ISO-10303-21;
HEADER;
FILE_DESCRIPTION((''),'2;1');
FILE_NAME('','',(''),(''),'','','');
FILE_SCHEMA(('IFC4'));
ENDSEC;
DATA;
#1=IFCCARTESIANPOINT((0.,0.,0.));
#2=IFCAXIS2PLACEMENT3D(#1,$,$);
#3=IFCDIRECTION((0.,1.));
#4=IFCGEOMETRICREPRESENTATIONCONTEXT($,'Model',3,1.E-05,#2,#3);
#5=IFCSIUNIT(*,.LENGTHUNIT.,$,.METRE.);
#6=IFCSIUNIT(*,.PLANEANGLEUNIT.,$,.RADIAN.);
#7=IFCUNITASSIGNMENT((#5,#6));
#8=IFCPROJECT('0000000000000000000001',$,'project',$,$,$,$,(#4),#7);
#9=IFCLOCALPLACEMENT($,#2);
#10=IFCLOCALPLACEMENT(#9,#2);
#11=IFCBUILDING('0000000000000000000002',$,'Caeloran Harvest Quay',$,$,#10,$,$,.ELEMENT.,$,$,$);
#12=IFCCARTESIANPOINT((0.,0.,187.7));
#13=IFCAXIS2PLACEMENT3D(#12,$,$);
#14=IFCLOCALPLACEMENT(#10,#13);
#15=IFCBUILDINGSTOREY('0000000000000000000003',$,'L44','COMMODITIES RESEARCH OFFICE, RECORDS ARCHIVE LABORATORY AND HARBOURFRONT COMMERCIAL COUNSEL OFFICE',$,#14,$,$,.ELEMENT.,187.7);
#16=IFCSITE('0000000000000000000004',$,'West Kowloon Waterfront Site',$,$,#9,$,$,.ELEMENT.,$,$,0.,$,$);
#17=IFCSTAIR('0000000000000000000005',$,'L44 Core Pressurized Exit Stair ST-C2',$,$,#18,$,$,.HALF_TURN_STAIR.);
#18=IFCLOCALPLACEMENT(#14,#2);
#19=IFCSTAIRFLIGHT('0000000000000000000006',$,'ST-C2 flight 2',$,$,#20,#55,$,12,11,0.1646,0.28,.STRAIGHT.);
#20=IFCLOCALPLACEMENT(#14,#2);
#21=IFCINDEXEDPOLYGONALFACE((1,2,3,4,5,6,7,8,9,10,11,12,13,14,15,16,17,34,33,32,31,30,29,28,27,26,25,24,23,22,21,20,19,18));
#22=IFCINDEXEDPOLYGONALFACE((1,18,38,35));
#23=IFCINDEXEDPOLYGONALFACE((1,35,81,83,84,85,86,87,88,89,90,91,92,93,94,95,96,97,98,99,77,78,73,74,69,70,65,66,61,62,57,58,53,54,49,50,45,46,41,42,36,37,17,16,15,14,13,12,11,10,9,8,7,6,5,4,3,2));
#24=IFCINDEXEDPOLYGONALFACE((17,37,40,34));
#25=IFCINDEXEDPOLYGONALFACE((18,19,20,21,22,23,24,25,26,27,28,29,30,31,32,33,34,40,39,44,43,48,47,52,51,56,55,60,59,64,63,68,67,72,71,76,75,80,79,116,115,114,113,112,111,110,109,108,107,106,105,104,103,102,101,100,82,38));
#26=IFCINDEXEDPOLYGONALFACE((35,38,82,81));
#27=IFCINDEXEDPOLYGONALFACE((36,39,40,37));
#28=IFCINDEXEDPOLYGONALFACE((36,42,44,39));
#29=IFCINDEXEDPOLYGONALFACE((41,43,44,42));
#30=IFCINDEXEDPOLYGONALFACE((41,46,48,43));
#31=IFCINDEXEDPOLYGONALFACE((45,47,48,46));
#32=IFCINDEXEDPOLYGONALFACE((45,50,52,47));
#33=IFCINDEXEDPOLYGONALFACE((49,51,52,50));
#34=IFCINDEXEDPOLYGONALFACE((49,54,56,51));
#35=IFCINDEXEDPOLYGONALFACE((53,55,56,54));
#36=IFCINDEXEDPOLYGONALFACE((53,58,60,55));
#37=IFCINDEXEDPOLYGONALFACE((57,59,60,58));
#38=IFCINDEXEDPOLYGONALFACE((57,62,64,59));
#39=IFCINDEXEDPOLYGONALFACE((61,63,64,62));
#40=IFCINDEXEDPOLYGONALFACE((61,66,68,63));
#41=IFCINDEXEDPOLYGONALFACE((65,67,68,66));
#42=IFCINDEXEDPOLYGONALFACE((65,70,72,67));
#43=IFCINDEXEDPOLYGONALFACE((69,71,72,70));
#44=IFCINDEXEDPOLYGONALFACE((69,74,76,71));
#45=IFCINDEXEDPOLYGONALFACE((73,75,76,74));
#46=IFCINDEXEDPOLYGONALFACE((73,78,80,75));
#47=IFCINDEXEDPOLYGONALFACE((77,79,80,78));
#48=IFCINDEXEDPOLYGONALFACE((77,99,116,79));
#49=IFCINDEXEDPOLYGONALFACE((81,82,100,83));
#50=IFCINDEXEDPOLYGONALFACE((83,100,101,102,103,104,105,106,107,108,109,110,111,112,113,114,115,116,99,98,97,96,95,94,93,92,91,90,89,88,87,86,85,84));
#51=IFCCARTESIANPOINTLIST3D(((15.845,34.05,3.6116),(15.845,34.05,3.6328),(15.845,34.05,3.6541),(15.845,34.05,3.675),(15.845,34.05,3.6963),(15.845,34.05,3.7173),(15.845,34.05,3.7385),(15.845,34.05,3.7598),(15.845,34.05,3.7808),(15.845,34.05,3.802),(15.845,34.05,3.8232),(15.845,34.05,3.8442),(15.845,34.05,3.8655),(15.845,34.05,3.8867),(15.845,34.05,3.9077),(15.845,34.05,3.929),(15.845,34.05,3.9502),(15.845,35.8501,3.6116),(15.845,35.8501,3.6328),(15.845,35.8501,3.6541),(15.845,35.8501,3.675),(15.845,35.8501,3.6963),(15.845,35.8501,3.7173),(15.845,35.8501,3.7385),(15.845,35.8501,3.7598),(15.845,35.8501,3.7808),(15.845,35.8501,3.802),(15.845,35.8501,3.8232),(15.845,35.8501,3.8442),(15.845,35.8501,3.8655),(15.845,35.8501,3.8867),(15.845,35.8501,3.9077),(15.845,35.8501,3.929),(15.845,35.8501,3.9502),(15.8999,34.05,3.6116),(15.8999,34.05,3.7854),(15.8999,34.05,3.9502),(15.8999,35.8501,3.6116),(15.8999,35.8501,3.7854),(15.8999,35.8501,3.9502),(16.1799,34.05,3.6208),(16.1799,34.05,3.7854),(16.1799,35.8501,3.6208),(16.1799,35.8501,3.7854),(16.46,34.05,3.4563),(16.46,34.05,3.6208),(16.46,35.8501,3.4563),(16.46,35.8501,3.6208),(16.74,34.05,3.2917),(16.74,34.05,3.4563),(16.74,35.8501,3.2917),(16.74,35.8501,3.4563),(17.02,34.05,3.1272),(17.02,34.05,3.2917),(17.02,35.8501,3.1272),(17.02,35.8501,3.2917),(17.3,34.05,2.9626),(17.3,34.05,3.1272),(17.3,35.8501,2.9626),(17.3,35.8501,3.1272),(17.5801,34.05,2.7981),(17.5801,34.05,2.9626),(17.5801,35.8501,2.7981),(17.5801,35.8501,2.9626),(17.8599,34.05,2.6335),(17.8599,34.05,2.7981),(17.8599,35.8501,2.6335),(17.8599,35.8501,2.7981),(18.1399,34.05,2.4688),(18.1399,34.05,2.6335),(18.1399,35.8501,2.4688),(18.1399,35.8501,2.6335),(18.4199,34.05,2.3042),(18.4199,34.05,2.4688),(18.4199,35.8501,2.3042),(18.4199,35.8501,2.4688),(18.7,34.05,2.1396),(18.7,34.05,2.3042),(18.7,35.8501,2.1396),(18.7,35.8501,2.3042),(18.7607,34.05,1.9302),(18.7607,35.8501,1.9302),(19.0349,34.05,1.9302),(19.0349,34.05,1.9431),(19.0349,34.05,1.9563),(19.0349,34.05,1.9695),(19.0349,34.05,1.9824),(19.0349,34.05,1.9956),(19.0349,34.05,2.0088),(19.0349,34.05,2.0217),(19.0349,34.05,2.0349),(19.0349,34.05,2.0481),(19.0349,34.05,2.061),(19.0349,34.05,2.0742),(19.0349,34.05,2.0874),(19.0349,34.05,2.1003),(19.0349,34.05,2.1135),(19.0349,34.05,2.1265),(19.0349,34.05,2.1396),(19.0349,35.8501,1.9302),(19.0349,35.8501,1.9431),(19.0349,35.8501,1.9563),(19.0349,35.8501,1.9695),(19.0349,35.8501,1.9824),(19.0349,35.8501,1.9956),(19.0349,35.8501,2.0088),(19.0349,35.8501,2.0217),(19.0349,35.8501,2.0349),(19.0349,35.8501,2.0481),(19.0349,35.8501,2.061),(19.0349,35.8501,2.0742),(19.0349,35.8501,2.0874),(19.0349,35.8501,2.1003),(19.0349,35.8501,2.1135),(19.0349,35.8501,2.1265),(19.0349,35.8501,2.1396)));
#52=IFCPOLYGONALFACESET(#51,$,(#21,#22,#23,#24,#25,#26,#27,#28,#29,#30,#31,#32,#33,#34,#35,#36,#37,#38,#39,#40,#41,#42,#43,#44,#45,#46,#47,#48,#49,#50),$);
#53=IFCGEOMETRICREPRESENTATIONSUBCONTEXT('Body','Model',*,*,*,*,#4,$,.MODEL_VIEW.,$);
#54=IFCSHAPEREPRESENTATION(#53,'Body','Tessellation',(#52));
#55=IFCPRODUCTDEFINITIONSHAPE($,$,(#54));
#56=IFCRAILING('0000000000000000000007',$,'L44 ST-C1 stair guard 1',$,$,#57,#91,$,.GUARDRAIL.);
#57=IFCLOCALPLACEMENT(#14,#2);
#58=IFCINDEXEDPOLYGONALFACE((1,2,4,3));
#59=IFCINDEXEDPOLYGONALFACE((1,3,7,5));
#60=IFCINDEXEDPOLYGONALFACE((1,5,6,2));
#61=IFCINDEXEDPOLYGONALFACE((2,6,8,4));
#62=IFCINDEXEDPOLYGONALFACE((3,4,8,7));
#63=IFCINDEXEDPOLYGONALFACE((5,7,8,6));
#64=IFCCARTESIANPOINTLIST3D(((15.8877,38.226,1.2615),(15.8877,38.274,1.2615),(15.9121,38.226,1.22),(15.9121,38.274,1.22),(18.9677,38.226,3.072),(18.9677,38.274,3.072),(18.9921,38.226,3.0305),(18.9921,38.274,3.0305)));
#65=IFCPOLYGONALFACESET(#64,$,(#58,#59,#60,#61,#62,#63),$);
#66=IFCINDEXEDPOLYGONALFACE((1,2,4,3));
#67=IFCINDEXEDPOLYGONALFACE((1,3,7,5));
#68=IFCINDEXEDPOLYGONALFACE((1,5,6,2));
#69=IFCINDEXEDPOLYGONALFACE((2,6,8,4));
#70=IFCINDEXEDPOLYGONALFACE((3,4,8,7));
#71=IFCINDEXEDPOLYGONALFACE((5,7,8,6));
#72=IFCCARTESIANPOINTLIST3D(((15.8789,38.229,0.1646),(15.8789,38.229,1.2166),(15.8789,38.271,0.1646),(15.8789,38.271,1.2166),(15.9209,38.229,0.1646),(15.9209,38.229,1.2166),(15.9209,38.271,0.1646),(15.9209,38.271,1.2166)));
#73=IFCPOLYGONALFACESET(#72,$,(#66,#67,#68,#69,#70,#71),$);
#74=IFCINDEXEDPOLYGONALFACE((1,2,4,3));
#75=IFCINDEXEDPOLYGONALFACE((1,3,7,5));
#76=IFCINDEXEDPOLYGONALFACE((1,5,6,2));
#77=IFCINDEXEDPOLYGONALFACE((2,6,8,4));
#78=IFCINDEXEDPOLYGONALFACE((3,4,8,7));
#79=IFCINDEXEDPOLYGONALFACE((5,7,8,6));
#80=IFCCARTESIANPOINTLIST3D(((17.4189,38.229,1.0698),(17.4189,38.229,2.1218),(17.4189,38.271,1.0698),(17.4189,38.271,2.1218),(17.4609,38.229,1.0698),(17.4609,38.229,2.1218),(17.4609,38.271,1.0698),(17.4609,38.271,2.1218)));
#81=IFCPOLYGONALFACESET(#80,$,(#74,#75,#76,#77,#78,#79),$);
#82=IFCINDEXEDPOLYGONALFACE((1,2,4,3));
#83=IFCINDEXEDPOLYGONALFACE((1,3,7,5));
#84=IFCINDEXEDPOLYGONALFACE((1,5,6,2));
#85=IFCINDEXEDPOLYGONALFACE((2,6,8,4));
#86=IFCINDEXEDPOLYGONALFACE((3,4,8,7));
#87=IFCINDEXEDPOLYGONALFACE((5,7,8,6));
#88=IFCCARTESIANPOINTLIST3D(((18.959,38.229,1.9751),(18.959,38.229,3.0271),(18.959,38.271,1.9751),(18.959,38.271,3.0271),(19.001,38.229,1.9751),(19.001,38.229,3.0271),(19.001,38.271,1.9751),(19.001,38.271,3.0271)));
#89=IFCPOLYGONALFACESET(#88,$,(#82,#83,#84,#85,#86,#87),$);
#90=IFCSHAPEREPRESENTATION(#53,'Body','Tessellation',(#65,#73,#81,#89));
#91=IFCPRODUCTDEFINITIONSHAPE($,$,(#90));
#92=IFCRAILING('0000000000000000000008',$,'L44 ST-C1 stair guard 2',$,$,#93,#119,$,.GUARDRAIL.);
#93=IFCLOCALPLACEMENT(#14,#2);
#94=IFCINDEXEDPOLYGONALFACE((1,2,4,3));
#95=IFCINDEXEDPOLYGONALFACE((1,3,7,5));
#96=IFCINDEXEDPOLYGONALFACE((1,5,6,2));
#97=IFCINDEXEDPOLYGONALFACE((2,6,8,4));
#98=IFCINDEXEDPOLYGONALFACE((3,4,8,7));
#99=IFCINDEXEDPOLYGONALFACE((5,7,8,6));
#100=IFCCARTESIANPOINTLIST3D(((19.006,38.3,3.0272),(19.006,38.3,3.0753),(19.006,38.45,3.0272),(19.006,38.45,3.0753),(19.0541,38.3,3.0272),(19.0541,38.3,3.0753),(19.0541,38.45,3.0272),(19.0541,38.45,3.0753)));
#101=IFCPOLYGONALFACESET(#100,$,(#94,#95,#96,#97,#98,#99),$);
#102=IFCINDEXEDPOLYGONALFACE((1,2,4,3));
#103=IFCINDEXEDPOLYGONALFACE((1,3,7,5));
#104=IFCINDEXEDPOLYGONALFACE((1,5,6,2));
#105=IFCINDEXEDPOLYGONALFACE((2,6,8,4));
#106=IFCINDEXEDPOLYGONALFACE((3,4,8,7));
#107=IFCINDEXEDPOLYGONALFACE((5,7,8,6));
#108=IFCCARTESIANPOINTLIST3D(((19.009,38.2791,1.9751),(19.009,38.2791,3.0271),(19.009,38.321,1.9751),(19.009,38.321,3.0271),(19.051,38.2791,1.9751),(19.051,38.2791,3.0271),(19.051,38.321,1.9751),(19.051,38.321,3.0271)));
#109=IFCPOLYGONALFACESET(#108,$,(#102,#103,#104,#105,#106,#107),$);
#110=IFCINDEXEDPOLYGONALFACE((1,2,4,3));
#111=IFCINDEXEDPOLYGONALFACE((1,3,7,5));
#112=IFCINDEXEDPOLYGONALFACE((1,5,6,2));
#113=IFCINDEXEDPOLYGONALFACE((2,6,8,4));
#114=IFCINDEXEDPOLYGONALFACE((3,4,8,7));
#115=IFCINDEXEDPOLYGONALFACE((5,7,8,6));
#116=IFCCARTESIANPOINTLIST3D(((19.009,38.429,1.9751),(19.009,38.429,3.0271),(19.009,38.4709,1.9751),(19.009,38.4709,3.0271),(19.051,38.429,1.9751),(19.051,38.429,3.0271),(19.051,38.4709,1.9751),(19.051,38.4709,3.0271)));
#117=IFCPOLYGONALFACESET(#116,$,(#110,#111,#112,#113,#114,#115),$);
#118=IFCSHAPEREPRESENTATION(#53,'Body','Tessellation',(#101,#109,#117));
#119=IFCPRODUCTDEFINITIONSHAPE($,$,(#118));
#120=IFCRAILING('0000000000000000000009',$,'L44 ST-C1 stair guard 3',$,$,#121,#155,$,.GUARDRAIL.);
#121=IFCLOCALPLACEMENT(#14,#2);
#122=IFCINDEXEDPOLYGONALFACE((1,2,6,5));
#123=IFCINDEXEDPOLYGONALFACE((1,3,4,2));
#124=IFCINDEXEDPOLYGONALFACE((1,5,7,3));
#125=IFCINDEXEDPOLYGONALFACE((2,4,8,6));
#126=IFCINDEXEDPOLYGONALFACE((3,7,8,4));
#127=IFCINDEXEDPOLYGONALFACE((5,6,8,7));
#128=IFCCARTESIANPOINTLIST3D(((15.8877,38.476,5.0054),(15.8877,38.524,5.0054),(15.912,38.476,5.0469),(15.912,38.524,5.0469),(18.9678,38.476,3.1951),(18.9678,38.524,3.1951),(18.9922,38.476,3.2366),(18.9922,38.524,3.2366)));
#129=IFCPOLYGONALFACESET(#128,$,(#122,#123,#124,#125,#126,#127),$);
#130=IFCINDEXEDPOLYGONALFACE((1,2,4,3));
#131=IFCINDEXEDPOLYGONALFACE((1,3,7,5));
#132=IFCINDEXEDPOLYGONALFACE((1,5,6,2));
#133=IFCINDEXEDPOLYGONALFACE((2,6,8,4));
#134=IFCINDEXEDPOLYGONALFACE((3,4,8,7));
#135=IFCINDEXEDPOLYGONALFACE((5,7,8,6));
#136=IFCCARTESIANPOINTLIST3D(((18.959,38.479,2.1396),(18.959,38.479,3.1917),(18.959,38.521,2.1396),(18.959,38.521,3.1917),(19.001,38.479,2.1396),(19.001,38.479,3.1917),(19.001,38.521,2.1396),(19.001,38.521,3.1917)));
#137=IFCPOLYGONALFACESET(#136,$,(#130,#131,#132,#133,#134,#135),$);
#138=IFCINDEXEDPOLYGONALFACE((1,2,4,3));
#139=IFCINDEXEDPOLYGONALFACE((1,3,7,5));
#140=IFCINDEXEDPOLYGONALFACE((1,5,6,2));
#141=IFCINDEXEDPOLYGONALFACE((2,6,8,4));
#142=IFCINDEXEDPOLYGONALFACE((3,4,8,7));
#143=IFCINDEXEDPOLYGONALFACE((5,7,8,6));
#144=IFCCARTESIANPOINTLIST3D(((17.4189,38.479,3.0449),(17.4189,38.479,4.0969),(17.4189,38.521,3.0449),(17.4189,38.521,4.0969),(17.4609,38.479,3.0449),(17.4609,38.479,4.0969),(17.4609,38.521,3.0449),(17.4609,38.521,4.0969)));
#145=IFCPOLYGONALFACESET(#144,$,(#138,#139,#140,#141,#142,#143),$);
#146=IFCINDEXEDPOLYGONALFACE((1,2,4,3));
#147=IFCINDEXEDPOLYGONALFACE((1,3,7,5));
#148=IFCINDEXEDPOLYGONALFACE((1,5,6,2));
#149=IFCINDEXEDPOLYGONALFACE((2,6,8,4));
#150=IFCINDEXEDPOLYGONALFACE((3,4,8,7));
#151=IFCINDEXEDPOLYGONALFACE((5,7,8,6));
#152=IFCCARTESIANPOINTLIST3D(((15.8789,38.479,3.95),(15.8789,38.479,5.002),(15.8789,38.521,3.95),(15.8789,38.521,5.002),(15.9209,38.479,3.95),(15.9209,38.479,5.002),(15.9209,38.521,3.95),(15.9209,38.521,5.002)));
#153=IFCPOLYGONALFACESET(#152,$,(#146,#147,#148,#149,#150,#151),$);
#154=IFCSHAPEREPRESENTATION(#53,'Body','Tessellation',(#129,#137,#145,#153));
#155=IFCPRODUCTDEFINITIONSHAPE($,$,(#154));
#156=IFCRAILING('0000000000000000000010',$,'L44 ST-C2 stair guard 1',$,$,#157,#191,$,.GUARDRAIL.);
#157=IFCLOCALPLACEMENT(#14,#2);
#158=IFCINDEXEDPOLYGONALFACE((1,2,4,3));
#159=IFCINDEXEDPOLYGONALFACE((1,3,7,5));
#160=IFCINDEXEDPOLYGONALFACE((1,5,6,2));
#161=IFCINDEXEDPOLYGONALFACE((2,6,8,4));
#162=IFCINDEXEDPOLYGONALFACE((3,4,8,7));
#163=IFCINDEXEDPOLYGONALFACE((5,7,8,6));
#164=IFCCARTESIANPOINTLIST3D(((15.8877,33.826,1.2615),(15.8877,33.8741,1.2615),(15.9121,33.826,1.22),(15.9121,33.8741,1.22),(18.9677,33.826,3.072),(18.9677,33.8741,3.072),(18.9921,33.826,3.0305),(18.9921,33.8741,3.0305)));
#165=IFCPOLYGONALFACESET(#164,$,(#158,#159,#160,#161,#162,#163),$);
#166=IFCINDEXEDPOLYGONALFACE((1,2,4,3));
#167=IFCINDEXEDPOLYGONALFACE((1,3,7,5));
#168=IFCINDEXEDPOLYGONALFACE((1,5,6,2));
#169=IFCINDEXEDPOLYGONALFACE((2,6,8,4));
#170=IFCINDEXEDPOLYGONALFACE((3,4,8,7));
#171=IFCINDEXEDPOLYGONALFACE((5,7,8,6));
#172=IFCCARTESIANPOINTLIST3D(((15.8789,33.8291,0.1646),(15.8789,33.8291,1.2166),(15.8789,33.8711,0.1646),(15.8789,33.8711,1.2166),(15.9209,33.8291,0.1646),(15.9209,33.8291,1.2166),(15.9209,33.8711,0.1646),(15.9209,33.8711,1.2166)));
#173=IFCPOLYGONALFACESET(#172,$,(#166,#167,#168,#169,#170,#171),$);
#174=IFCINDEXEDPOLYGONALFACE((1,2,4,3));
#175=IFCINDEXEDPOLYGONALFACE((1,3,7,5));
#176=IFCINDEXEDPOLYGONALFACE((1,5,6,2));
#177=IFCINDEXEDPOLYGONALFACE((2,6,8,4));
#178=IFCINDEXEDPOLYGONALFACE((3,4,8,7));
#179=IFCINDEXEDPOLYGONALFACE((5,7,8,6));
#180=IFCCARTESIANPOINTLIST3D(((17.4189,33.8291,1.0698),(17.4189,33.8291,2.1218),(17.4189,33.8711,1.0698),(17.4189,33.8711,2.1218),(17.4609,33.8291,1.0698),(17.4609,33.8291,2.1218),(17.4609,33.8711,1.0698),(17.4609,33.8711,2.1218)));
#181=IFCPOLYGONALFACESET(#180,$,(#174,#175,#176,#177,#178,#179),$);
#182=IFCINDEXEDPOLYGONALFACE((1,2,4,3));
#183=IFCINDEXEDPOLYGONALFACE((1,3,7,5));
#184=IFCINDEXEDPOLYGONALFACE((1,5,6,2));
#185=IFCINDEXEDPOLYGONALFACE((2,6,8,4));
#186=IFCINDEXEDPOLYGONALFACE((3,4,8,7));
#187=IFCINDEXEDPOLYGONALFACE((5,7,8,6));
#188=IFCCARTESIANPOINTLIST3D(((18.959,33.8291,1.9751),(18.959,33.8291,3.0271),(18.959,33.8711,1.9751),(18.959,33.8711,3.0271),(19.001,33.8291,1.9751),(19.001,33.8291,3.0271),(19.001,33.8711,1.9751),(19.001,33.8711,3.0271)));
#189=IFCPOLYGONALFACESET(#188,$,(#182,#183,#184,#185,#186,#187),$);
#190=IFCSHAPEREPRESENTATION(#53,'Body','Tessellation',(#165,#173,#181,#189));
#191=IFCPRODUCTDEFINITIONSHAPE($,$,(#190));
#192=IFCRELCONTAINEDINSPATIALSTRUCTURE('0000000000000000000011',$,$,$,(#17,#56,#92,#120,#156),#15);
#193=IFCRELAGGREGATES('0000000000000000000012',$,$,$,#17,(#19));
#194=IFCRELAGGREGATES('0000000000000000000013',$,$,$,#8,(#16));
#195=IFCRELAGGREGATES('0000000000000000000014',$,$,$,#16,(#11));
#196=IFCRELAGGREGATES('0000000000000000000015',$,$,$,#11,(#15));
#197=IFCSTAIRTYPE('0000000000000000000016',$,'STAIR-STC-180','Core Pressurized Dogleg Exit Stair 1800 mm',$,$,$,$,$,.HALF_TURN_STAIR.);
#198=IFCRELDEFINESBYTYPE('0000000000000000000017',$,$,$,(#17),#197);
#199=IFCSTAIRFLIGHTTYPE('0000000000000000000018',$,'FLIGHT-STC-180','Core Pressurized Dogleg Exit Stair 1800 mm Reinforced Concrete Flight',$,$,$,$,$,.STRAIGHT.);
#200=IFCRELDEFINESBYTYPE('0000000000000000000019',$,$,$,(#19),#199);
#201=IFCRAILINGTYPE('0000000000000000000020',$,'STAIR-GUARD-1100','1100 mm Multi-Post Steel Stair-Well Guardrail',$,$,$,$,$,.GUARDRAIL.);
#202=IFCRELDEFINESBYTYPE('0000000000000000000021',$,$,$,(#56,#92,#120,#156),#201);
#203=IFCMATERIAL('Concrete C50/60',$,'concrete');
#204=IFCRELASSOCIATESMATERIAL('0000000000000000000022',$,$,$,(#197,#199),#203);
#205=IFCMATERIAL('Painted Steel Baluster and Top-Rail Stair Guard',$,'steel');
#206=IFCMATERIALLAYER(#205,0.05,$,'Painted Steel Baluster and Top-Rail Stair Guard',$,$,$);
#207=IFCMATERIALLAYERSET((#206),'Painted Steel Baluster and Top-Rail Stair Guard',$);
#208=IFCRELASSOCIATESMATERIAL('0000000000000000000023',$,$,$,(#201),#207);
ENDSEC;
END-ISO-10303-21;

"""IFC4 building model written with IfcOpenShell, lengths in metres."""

from ifc_helpers import new_model, si_unit, direction, frame, origin, origin_2d, place, context, subcontext, project, spatial, polyline, rectangle, outline, extrude, material, layer, layer_set, type_object, element, aggregate, save


model = new_model("IFC4")

# Units and contexts
model_context = context("Model", 3, precision=1e-05, world=origin(), true_north=direction((0.0, 1.0)))
body_context = subcontext(model_context, "Body", "Model", "MODEL_VIEW")
ifc_project = project(units=[si_unit("LENGTHUNIT", "METRE"), si_unit("PLANEANGLEUNIT", "RADIAN")], contexts=[model_context])

# Site, building, storey
site_placement = place(None, origin())
site = spatial("IfcSite", under=ifc_project, at=site_placement, Name="West Kowloon Waterfront Site", CompositionType="ELEMENT", RefElevation=0.0)
building_placement = place(site_placement, origin())
building = spatial("IfcBuilding", under=site, at=building_placement, Name="Caeloran Harvest Quay", CompositionType="ELEMENT")
storey_placement = place(building_placement, frame((0.0, 0.0, 187.7)))
storey = spatial("IfcBuildingStorey", under=building, at=storey_placement, Name="L44", Description="COMMODITIES RESEARCH OFFICE, RECORDS ARCHIVE LABORATORY AND HARBOURFRONT COMMERCIAL COUNSEL OFFICE", CompositionType="ELEMENT", Elevation=187.7)

# Shared definitions
ifc_material_1 = material(Name="Concrete C50/60", Category="concrete")

# Shared definitions
stair_type = type_object("IfcStairType", Name="STAIR-STC-180", Description="Core Pressurized Dogleg Exit Stair 1800 mm", PredefinedType="HALF_TURN_STAIR", material=ifc_material_1)
stair_flight_type = type_object("IfcStairFlightType", Name="FLIGHT-STC-180", Description="Core Pressurized Dogleg Exit Stair 1800 mm Reinforced Concrete Flight", PredefinedType="STRAIGHT", material=ifc_material_1)

# Stair, stair flight
stair_1_placement = place(storey_placement, origin())
stair_1 = element("IfcStair", 1, at=stair_1_placement, inside=storey, type_object=stair_type, Name="L44 Core Pressurized Exit Stair ST-C2", PredefinedType="HALF_TURN_STAIR")
stair_flight_1_placement = place(storey_placement, frame((18.98, 34.95, 1.9751), z_axis=(0.0, 0.0, 1.0), x_axis=(-1.0, 0.0, 0.0)))
stair_flight_1 = element("IfcStairFlight", 2, at=stair_flight_1_placement, type_object=stair_flight_type, Name="ST-C2 flight 2", NumberOfRisers=12, NumberOfTreads=11, PredefinedType="STRAIGHT", RiserHeight=0.1646, TreadLength=0.28, context=body_context, shape_type="SweptSolid", body=[
    extrude(outline(polyline([(-0.0549, -0.0449), (-0.0549, -0.032), (-0.0549, -0.0188), (-0.0549, -0.0056), (-0.0549, 0.0073), (-0.0549, 0.0205), (-0.0549, 0.0337), (-0.0549, 0.0466), (-0.0549, 0.0598), (-0.0549, 0.073), (-0.0549, 0.0859), (-0.0549, 0.0991), (-0.0549, 0.1123), (-0.0549, 0.1252), (-0.0549, 0.1384), (-0.0549, 0.1514), (-0.0549, 0.1646), (0.28, 0.1646), (0.28, 0.3291), (0.5601, 0.3291), (0.5601, 0.4937), (0.8401, 0.4937), (0.8401, 0.6584), (1.1201, 0.6584), (1.1201, 0.823), (1.3999, 0.823), (1.3999, 0.9875), (1.6799, 0.9875), (1.6799, 1.1521), (1.96, 1.1521), (1.96, 1.3167), (2.24, 1.3167), (2.24, 1.4812), (2.52, 1.4812), (2.52, 1.6458), (2.8, 1.6458), (2.8, 1.8103), (3.0801, 1.8103), (3.0801, 1.9751), (3.135, 1.9751), (3.135, 1.9539), (3.135, 1.9326), (3.135, 1.9116), (3.135, 1.8904), (3.135, 1.8691), (3.135, 1.8481), (3.135, 1.8269), (3.135, 1.8057), (3.135, 1.7847), (3.135, 1.7634), (3.135, 1.7422), (3.135, 1.7212), (3.135, 1.7), (3.135, 1.679), (3.135, 1.6577), (3.135, 1.6365), (3.0801, 1.6365), (0.2192, -0.0449), (-0.0549, -0.0449)])), frame((0.0, 0.8999, 0.0), z_axis=(0.0, -1.0, 0.0), x_axis=(1.0, 0.0, 0.0)), (0.0, 0.0, 1.0), 1.8),
])
aggregate(stair_1, [stair_flight_1])

# Railings
ifc_material_2 = material(Name="Painted Steel Baluster and Top-Rail Stair Guard", Category="steel")
ifc_layer_1 = layer(ifc_material_2, 0.05, Name="Painted Steel Baluster and Top-Rail Stair Guard")
ifc_layer_set_1 = layer_set([ifc_layer_1], Name="Painted Steel Baluster and Top-Rail Stair Guard")
railing_type_1 = type_object("IfcRailingType", Name="STAIR-GUARD-1100", Description="1100 mm Multi-Post Steel Stair-Well Guardrail", PredefinedType="GUARDRAIL", material=ifc_layer_set_1)
railing_1_placement = place(storey_placement, frame((15.8999, 38.25, 0.1646)))
element("IfcRailing", 3, at=railing_1_placement, inside=storey, type_object=railing_type_1, Name="L44 ST-C1 stair guard 1", PredefinedType="GUARDRAIL", context=body_context, shape_type="SweptSolid", body=[
    extrude(rectangle(XDim=0.0481, YDim=0.0481, at=origin_2d()), frame((0.0, 0.0, 1.0762), z_axis=(0.862089, 0.0, 0.506757), x_axis=(0.0, 1.0, 0.0)), (0.0, 0.0, 1.0), 3.5728),
    extrude(rectangle(XDim=0.042, YDim=0.042, at=origin_2d()), origin(), (0.0, 0.0, 1.0), 1.052),
    extrude(rectangle(XDim=0.042, YDim=0.042, at=origin_2d()), frame((1.54, 0.0, 0.9053)), (0.0, 0.0, 1.0), 1.052),
    extrude(rectangle(XDim=0.042, YDim=0.042, at=origin_2d()), frame((3.0801, 0.0, 1.8105)), (0.0, 0.0, 1.0), 1.052),
])
railing_2_placement = place(storey_placement, frame((19.03, 38.3, 1.9751)))
element("IfcRailing", 4, at=railing_2_placement, inside=storey, type_object=railing_type_1, Name="L44 ST-C1 stair guard 2", PredefinedType="GUARDRAIL", context=body_context, shape_type="SweptSolid", body=[
    extrude(rectangle(XDim=0.0481, YDim=0.0481, at=origin_2d()), frame((0.0, 0.0, 1.0762), z_axis=(0.0, 1.0, 0.0), x_axis=(-1.0, 0.0, 0.0)), (0.0, 0.0, 1.0), 0.1499),
    extrude(rectangle(XDim=0.042, YDim=0.042, at=origin_2d()), origin(), (0.0, 0.0, 1.0), 1.052),
    extrude(rectangle(XDim=0.042, YDim=0.042, at=origin_2d()), frame((0.0, 0.1499, 0.0)), (0.0, 0.0, 1.0), 1.052),
])
railing_3_placement = place(storey_placement, frame((18.98, 38.5, 2.1396)))
element("IfcRailing", 5, at=railing_3_placement, inside=storey, type_object=railing_type_1, Name="L44 ST-C1 stair guard 3", PredefinedType="GUARDRAIL", context=body_context, shape_type="SweptSolid", body=[
    extrude(rectangle(XDim=0.0481, YDim=0.0481, at=origin_2d()), frame((0.0, 0.0, 1.0762), z_axis=(-0.862119, 0.0, 0.506707), x_axis=(0.0, -1.0, 0.0)), (0.0, 0.0, 1.0), 3.5728),
    extrude(rectangle(XDim=0.042, YDim=0.042, at=origin_2d()), origin(), (0.0, 0.0, 1.0), 1.052),
    extrude(rectangle(XDim=0.042, YDim=0.042, at=origin_2d()), frame((-1.54, 0.0, 0.9053)), (0.0, 0.0, 1.0), 1.052),
    extrude(rectangle(XDim=0.042, YDim=0.042, at=origin_2d()), frame((-3.0801, 0.0, 1.8103)), (0.0, 0.0, 1.0), 1.052),
])
railing_4_placement = place(storey_placement, frame((15.8999, 33.8501, 0.1646)))
element("IfcRailing", 6, at=railing_4_placement, inside=storey, type_object=railing_type_1, Name="L44 ST-C2 stair guard 1", PredefinedType="GUARDRAIL", context=body_context, shape_type="SweptSolid", body=[
    extrude(rectangle(XDim=0.0481, YDim=0.0481, at=origin_2d()), frame((0.0, 0.0, 1.0762), z_axis=(0.862089, 0.0, 0.506757), x_axis=(0.0, 1.0, 0.0)), (0.0, 0.0, 1.0), 3.5728),
    extrude(rectangle(XDim=0.042, YDim=0.042, at=origin_2d()), origin(), (0.0, 0.0, 1.0), 1.052),
    extrude(rectangle(XDim=0.042, YDim=0.042, at=origin_2d()), frame((1.54, 0.0, 0.9053)), (0.0, 0.0, 1.0), 1.052),
    extrude(rectangle(XDim=0.042, YDim=0.042, at=origin_2d()), frame((3.0801, 0.0, 1.8105)), (0.0, 0.0, 1.0), 1.052),
])

save(model, "model.ifc")
